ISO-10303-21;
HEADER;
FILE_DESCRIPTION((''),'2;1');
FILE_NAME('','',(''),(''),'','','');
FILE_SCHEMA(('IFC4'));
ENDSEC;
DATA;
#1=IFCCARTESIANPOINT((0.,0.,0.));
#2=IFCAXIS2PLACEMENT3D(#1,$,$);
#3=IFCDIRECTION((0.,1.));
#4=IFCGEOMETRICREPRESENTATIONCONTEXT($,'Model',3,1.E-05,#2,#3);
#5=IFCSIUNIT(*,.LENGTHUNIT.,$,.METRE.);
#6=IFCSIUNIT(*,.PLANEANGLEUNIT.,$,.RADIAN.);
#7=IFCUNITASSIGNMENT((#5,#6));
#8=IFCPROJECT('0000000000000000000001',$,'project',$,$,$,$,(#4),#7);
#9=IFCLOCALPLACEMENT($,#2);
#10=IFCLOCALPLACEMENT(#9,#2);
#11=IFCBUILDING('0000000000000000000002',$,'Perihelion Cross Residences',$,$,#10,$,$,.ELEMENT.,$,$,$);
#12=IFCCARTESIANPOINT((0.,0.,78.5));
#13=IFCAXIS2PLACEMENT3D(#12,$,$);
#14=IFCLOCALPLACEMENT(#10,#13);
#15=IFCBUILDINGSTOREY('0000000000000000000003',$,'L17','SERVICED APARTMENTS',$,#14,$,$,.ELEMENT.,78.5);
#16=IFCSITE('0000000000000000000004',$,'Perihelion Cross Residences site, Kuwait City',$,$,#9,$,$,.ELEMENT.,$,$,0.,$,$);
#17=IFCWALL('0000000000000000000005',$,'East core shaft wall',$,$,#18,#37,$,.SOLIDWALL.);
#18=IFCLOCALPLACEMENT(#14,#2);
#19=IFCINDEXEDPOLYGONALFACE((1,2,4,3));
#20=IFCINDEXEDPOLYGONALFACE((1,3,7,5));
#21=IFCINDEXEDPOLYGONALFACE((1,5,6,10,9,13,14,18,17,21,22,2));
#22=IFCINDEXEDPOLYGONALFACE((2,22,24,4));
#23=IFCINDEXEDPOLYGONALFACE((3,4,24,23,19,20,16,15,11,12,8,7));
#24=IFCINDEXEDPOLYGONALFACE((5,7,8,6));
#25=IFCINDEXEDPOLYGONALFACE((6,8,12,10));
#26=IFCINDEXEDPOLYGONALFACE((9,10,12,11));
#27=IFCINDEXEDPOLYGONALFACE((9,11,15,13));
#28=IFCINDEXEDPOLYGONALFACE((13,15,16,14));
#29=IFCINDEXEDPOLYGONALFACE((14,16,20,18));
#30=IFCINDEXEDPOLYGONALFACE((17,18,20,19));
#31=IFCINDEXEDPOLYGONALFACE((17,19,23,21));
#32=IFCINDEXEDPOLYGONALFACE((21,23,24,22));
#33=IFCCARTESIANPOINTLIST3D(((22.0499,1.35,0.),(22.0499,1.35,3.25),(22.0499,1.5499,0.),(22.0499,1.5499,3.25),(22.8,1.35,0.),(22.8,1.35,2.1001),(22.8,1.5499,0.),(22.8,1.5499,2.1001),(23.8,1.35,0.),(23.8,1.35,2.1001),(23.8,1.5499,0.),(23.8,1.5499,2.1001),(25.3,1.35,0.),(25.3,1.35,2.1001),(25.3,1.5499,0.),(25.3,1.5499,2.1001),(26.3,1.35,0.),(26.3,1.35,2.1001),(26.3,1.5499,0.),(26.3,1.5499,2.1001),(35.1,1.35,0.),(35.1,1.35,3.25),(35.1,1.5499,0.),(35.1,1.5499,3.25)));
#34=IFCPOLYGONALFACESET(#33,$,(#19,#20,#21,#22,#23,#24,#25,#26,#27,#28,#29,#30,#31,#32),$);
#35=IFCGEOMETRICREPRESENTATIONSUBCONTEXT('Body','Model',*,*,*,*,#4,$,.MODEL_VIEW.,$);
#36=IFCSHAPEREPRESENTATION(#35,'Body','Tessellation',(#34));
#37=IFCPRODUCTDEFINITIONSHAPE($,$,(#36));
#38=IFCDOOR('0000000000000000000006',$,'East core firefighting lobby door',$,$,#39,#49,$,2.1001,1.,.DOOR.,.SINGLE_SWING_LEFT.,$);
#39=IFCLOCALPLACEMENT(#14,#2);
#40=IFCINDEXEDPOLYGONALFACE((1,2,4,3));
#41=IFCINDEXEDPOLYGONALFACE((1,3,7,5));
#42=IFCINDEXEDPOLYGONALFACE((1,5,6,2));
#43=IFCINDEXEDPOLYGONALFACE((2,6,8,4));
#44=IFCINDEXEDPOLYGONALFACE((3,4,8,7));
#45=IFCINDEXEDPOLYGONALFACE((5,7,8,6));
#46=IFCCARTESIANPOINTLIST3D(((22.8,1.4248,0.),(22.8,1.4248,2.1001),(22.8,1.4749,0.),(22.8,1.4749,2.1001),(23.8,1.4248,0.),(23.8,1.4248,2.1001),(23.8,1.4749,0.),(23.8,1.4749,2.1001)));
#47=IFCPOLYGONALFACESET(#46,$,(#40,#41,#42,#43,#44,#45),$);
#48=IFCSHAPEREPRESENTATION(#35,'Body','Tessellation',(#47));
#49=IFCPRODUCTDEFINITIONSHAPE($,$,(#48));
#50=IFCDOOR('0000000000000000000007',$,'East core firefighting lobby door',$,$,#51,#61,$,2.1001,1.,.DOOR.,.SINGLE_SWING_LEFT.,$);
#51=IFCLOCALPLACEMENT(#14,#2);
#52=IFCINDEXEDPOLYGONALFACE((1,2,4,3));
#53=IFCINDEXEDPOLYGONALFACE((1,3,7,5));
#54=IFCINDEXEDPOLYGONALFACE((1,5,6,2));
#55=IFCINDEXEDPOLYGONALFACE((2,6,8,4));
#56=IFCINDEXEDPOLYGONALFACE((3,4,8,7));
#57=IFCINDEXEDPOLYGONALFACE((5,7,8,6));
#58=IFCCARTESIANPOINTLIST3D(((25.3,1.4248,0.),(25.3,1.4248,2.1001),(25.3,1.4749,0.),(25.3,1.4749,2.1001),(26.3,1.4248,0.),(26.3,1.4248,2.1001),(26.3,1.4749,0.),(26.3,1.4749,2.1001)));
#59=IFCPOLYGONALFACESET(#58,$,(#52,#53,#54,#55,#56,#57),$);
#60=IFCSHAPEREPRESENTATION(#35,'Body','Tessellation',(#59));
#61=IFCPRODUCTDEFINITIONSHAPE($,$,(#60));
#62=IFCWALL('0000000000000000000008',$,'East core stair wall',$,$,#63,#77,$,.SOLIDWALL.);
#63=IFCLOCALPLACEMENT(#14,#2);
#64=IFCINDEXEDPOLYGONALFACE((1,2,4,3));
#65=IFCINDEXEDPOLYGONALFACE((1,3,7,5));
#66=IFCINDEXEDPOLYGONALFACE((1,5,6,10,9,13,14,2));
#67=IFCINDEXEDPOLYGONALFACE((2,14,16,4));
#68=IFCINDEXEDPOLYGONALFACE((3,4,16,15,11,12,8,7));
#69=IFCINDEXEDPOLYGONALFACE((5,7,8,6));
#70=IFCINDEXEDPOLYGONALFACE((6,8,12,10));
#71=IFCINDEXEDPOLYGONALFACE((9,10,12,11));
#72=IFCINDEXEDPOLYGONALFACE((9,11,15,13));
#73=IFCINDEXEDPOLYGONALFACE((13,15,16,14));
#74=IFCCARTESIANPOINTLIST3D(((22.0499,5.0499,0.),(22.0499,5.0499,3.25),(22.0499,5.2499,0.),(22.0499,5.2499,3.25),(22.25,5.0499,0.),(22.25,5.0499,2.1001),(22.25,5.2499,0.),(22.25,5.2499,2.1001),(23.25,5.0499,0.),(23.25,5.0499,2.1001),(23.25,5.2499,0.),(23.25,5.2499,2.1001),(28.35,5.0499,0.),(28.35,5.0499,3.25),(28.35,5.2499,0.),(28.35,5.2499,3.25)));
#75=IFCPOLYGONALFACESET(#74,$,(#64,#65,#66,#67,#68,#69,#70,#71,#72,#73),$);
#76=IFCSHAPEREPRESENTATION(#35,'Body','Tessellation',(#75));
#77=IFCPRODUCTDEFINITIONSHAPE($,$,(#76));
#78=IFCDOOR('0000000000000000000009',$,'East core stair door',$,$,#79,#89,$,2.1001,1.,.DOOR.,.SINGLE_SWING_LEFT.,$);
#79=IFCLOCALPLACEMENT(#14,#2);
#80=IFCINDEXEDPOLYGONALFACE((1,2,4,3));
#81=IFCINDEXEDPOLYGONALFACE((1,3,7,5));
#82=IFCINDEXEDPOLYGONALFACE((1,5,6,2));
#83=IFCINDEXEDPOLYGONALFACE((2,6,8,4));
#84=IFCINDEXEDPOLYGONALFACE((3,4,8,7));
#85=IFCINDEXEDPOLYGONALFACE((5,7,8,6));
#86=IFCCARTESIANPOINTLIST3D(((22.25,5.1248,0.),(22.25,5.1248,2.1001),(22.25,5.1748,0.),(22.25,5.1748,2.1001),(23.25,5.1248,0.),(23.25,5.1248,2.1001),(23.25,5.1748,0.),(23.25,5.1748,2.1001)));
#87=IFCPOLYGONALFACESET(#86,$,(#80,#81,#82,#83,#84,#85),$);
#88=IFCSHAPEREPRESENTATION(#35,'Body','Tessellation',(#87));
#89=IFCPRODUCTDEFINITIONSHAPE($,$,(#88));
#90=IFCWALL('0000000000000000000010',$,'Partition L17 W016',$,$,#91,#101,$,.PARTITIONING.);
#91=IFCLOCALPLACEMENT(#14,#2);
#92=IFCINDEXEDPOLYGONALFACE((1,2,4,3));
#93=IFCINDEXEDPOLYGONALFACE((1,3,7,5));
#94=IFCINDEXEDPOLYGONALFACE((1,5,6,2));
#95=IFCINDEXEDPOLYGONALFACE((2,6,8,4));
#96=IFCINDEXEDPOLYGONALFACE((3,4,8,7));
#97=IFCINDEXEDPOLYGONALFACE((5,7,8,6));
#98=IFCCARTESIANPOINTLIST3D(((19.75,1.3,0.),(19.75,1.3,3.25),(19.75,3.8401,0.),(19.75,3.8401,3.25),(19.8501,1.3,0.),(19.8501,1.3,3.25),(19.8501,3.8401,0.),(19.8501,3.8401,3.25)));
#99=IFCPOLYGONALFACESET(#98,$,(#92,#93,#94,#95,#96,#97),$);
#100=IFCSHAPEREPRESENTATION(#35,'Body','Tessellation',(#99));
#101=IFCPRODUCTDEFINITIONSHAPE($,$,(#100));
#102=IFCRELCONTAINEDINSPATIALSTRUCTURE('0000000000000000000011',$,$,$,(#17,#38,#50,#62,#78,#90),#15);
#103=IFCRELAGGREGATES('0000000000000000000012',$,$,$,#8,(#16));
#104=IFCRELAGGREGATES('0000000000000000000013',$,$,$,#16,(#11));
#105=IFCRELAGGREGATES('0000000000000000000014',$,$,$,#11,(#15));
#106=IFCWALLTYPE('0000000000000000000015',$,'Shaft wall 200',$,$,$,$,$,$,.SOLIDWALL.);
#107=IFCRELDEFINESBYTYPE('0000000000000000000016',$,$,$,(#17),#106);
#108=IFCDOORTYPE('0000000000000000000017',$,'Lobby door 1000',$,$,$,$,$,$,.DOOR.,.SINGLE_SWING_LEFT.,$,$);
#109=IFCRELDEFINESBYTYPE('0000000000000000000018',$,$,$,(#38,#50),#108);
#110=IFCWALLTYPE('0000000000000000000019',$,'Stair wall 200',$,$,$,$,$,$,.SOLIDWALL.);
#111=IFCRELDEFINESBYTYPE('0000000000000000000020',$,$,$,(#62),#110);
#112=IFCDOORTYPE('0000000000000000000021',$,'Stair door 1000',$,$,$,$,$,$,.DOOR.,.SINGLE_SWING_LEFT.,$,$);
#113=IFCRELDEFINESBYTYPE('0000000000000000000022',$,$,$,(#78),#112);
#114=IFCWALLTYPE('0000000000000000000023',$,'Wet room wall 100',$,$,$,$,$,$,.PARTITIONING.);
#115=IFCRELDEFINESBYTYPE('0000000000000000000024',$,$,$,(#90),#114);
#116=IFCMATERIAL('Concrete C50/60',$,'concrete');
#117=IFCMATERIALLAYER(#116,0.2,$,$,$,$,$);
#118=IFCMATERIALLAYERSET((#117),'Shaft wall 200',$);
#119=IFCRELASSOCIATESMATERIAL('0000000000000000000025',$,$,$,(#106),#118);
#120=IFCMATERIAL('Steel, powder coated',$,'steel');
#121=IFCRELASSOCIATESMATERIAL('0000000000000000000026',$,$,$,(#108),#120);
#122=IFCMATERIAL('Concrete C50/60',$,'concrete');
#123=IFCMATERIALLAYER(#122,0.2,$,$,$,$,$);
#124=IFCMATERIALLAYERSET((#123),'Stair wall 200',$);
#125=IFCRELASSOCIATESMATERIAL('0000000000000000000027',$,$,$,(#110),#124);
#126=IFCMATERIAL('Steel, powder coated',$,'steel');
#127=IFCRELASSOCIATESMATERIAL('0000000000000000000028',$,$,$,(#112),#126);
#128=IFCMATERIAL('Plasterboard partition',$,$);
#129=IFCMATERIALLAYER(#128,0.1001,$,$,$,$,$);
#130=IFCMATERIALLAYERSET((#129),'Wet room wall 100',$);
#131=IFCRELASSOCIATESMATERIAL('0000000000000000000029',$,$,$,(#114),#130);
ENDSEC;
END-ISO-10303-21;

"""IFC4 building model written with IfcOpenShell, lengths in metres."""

from ifc_helpers import new_model, si_unit, direction, frame, frame_2d, origin, place, context, subcontext, project, spatial, rectangle, extrude, material, layer, layer_set, type_object, element, fill, save


model = new_model("IFC4")

# Units and contexts
model_context = context("Model", 3, precision=1e-05, world=origin(), true_north=direction((0.0, 1.0)))
body_context = subcontext(model_context, "Body", "Model", "MODEL_VIEW")
ifc_project = project(units=[si_unit("LENGTHUNIT", "METRE"), si_unit("PLANEANGLEUNIT", "RADIAN")], contexts=[model_context])

# Site, building, storey
site_placement = place(None, origin())
site = spatial("IfcSite", under=ifc_project, at=site_placement, Name="Perihelion Cross Residences site, Kuwait City", CompositionType="ELEMENT", RefElevation=0.0)
building_placement = place(site_placement, origin())
building = spatial("IfcBuilding", under=site, at=building_placement, Name="Perihelion Cross Residences", CompositionType="ELEMENT")
storey_placement = place(building_placement, frame((0.0, 0.0, 78.5)))
storey = spatial("IfcBuildingStorey", under=building, at=storey_placement, Name="L17", Description="SERVICED APARTMENTS", CompositionType="ELEMENT", Elevation=78.5)

# Wall, openings, doors
ifc_material_1 = material(Name="Concrete C50/60", Category="concrete")
ifc_layer_1 = layer(ifc_material_1, 0.2)
ifc_layer_set_1 = layer_set([ifc_layer_1], Name="Shaft wall 200")
wall_type_1 = type_object("IfcWallType", Name="Shaft wall 200", PredefinedType="SOLIDWALL", material=ifc_layer_set_1)
wall_1_placement = place(storey_placement, frame((22.05, 1.45, 0.0), z_axis=(0.0, 0.0, 1.0), x_axis=(1.0, 0.0, 0.0)))
wall_1 = element("IfcWall", 1, at=wall_1_placement, inside=storey, type_object=wall_type_1, Name="East core shaft wall", PredefinedType="SOLIDWALL", context=body_context, shape_type="SweptSolid", body=[
    extrude(rectangle(XDim=13.05, YDim=0.2, at=frame_2d((6.5249, 0.0))), origin(), (0.0, 0.0, 1.0), 3.25),
])
opening_1_placement = place(wall_1_placement, frame((0.75, 0.0, 0.0)))
opening_1 = element("IfcOpeningElement", 2, at=opening_1_placement, cuts=wall_1, PredefinedType="OPENING", context=body_context, shape_type="SweptSolid", body=[
    extrude(rectangle(XDim=1.0, YDim=2.1001, at=frame_2d((0.5, 1.05))), frame((0.0, 0.1099, 0.0), z_axis=(0.0, -1.0, 0.0), x_axis=(1.0, 0.0, 0.0)), (0.0, 0.0, 1.0), 0.22),
])
opening_2_placement = place(wall_1_placement, frame((3.25, 0.0, 0.0)))
opening_2 = element("IfcOpeningElement", 3, at=opening_2_placement, cuts=wall_1, PredefinedType="OPENING", context=body_context, shape_type="SweptSolid", body=[
    extrude(rectangle(XDim=1.0, YDim=2.1001, at=frame_2d((0.5, 1.05))), frame((0.0, 0.1099, 0.0), z_axis=(0.0, -1.0, 0.0), x_axis=(1.0, 0.0, 0.0)), (0.0, 0.0, 1.0), 0.22),
])
ifc_material_2 = material(Name="Steel, powder coated", Category="steel")
door_type_1 = type_object("IfcDoorType", Name="Lobby door 1000", OperationType="SINGLE_SWING_LEFT", PredefinedType="DOOR", material=ifc_material_2)
door_1_placement = place(opening_1_placement, origin())
door_1 = element("IfcDoor", 4, at=door_1_placement, inside=storey, type_object=door_type_1, Name="East core firefighting lobby door", OperationType="SINGLE_SWING_LEFT", OverallHeight=2.1001, OverallWidth=1.0, PredefinedType="DOOR", context=body_context, shape_type="SweptSolid", body=[
    extrude(rectangle(XDim=1.0, YDim=2.1001, at=frame_2d((0.5, 1.05))), frame((0.0, 0.0249, 0.0), z_axis=(0.0, -1.0, 0.0), x_axis=(1.0, 0.0, 0.0)), (0.0, 0.0, 1.0), 0.05),
])
fill(opening_1, door_1)
door_2_placement = place(opening_2_placement, origin())
door_2 = element("IfcDoor", 5, at=door_2_placement, inside=storey, type_object=door_type_1, Name="East core firefighting lobby door", OperationType="SINGLE_SWING_LEFT", OverallHeight=2.1001, OverallWidth=1.0, PredefinedType="DOOR", context=body_context, shape_type="SweptSolid", body=[
    extrude(rectangle(XDim=1.0, YDim=2.1001, at=frame_2d((0.5, 1.05))), frame((0.0, 0.0249, 0.0), z_axis=(0.0, -1.0, 0.0), x_axis=(1.0, 0.0, 0.0)), (0.0, 0.0, 1.0), 0.05),
])
fill(opening_2, door_2)

# Wall, opening, door
ifc_material_3 = material(Name="Concrete C50/60", Category="concrete")
ifc_layer_2 = layer(ifc_material_3, 0.2)
ifc_layer_set_2 = layer_set([ifc_layer_2], Name="Stair wall 200")
wall_type_2 = type_object("IfcWallType", Name="Stair wall 200", PredefinedType="SOLIDWALL", material=ifc_layer_set_2)
wall_2_placement = place(storey_placement, frame((22.05, 5.1499, 0.0), z_axis=(0.0, 0.0, 1.0), x_axis=(1.0, 0.0, 0.0)))
wall_2 = element("IfcWall", 6, at=wall_2_placement, inside=storey, type_object=wall_type_2, Name="East core stair wall", PredefinedType="SOLIDWALL", context=body_context, shape_type="SweptSolid", body=[
    extrude(rectangle(XDim=6.3, YDim=0.2, at=frame_2d((3.1499, 0.0))), origin(), (0.0, 0.0, 1.0), 3.25),
])
opening_3_placement = place(wall_2_placement, frame((0.2, 0.0, 0.0)))
opening_3 = element("IfcOpeningElement", 7, at=opening_3_placement, cuts=wall_2, PredefinedType="OPENING", context=body_context, shape_type="SweptSolid", body=[
    extrude(rectangle(XDim=1.0, YDim=2.1001, at=frame_2d((0.5, 1.05))), frame((0.0, 0.1099, 0.0), z_axis=(0.0, -1.0, 0.0), x_axis=(1.0, 0.0, 0.0)), (0.0, 0.0, 1.0), 0.22),
])
ifc_material_4 = material(Name="Steel, powder coated", Category="steel")
door_type_2 = type_object("IfcDoorType", Name="Stair door 1000", OperationType="SINGLE_SWING_LEFT", PredefinedType="DOOR", material=ifc_material_4)
door_3_placement = place(opening_3_placement, origin())
door_3 = element("IfcDoor", 8, at=door_3_placement, inside=storey, type_object=door_type_2, Name="East core stair door", OperationType="SINGLE_SWING_LEFT", OverallHeight=2.1001, OverallWidth=1.0, PredefinedType="DOOR", context=body_context, shape_type="SweptSolid", body=[
    extrude(rectangle(XDim=1.0, YDim=2.1001, at=frame_2d((0.5, 1.05))), frame((0.0, 0.0249, 0.0), z_axis=(0.0, -1.0, 0.0), x_axis=(1.0, 0.0, 0.0)), (0.0, 0.0, 1.0), 0.05),
])
fill(opening_3, door_3)

# Wall
ifc_material_5 = material(Name="Plasterboard partition")
ifc_layer_3 = layer(ifc_material_5, 0.1001)
ifc_layer_set_3 = layer_set([ifc_layer_3], Name="Wet room wall 100")
wall_type_3 = type_object("IfcWallType", Name="Wet room wall 100", PredefinedType="PARTITIONING", material=ifc_layer_set_3)
wall_3_placement = place(storey_placement, frame((19.8, 3.8401, 0.0), z_axis=(0.0, 0.0, 1.0), x_axis=(0.0, -1.0, 0.0)))
element("IfcWall", 9, at=wall_3_placement, inside=storey, type_object=wall_type_3, Name="Partition L17 W016", PredefinedType="PARTITIONING", context=body_context, shape_type="SweptSolid", body=[
    extrude(rectangle(XDim=2.54, YDim=0.1001, at=frame_2d((1.27, 0.0))), origin(), (0.0, 0.0, 1.0), 3.25),
])

save(model, "model.ifc")
